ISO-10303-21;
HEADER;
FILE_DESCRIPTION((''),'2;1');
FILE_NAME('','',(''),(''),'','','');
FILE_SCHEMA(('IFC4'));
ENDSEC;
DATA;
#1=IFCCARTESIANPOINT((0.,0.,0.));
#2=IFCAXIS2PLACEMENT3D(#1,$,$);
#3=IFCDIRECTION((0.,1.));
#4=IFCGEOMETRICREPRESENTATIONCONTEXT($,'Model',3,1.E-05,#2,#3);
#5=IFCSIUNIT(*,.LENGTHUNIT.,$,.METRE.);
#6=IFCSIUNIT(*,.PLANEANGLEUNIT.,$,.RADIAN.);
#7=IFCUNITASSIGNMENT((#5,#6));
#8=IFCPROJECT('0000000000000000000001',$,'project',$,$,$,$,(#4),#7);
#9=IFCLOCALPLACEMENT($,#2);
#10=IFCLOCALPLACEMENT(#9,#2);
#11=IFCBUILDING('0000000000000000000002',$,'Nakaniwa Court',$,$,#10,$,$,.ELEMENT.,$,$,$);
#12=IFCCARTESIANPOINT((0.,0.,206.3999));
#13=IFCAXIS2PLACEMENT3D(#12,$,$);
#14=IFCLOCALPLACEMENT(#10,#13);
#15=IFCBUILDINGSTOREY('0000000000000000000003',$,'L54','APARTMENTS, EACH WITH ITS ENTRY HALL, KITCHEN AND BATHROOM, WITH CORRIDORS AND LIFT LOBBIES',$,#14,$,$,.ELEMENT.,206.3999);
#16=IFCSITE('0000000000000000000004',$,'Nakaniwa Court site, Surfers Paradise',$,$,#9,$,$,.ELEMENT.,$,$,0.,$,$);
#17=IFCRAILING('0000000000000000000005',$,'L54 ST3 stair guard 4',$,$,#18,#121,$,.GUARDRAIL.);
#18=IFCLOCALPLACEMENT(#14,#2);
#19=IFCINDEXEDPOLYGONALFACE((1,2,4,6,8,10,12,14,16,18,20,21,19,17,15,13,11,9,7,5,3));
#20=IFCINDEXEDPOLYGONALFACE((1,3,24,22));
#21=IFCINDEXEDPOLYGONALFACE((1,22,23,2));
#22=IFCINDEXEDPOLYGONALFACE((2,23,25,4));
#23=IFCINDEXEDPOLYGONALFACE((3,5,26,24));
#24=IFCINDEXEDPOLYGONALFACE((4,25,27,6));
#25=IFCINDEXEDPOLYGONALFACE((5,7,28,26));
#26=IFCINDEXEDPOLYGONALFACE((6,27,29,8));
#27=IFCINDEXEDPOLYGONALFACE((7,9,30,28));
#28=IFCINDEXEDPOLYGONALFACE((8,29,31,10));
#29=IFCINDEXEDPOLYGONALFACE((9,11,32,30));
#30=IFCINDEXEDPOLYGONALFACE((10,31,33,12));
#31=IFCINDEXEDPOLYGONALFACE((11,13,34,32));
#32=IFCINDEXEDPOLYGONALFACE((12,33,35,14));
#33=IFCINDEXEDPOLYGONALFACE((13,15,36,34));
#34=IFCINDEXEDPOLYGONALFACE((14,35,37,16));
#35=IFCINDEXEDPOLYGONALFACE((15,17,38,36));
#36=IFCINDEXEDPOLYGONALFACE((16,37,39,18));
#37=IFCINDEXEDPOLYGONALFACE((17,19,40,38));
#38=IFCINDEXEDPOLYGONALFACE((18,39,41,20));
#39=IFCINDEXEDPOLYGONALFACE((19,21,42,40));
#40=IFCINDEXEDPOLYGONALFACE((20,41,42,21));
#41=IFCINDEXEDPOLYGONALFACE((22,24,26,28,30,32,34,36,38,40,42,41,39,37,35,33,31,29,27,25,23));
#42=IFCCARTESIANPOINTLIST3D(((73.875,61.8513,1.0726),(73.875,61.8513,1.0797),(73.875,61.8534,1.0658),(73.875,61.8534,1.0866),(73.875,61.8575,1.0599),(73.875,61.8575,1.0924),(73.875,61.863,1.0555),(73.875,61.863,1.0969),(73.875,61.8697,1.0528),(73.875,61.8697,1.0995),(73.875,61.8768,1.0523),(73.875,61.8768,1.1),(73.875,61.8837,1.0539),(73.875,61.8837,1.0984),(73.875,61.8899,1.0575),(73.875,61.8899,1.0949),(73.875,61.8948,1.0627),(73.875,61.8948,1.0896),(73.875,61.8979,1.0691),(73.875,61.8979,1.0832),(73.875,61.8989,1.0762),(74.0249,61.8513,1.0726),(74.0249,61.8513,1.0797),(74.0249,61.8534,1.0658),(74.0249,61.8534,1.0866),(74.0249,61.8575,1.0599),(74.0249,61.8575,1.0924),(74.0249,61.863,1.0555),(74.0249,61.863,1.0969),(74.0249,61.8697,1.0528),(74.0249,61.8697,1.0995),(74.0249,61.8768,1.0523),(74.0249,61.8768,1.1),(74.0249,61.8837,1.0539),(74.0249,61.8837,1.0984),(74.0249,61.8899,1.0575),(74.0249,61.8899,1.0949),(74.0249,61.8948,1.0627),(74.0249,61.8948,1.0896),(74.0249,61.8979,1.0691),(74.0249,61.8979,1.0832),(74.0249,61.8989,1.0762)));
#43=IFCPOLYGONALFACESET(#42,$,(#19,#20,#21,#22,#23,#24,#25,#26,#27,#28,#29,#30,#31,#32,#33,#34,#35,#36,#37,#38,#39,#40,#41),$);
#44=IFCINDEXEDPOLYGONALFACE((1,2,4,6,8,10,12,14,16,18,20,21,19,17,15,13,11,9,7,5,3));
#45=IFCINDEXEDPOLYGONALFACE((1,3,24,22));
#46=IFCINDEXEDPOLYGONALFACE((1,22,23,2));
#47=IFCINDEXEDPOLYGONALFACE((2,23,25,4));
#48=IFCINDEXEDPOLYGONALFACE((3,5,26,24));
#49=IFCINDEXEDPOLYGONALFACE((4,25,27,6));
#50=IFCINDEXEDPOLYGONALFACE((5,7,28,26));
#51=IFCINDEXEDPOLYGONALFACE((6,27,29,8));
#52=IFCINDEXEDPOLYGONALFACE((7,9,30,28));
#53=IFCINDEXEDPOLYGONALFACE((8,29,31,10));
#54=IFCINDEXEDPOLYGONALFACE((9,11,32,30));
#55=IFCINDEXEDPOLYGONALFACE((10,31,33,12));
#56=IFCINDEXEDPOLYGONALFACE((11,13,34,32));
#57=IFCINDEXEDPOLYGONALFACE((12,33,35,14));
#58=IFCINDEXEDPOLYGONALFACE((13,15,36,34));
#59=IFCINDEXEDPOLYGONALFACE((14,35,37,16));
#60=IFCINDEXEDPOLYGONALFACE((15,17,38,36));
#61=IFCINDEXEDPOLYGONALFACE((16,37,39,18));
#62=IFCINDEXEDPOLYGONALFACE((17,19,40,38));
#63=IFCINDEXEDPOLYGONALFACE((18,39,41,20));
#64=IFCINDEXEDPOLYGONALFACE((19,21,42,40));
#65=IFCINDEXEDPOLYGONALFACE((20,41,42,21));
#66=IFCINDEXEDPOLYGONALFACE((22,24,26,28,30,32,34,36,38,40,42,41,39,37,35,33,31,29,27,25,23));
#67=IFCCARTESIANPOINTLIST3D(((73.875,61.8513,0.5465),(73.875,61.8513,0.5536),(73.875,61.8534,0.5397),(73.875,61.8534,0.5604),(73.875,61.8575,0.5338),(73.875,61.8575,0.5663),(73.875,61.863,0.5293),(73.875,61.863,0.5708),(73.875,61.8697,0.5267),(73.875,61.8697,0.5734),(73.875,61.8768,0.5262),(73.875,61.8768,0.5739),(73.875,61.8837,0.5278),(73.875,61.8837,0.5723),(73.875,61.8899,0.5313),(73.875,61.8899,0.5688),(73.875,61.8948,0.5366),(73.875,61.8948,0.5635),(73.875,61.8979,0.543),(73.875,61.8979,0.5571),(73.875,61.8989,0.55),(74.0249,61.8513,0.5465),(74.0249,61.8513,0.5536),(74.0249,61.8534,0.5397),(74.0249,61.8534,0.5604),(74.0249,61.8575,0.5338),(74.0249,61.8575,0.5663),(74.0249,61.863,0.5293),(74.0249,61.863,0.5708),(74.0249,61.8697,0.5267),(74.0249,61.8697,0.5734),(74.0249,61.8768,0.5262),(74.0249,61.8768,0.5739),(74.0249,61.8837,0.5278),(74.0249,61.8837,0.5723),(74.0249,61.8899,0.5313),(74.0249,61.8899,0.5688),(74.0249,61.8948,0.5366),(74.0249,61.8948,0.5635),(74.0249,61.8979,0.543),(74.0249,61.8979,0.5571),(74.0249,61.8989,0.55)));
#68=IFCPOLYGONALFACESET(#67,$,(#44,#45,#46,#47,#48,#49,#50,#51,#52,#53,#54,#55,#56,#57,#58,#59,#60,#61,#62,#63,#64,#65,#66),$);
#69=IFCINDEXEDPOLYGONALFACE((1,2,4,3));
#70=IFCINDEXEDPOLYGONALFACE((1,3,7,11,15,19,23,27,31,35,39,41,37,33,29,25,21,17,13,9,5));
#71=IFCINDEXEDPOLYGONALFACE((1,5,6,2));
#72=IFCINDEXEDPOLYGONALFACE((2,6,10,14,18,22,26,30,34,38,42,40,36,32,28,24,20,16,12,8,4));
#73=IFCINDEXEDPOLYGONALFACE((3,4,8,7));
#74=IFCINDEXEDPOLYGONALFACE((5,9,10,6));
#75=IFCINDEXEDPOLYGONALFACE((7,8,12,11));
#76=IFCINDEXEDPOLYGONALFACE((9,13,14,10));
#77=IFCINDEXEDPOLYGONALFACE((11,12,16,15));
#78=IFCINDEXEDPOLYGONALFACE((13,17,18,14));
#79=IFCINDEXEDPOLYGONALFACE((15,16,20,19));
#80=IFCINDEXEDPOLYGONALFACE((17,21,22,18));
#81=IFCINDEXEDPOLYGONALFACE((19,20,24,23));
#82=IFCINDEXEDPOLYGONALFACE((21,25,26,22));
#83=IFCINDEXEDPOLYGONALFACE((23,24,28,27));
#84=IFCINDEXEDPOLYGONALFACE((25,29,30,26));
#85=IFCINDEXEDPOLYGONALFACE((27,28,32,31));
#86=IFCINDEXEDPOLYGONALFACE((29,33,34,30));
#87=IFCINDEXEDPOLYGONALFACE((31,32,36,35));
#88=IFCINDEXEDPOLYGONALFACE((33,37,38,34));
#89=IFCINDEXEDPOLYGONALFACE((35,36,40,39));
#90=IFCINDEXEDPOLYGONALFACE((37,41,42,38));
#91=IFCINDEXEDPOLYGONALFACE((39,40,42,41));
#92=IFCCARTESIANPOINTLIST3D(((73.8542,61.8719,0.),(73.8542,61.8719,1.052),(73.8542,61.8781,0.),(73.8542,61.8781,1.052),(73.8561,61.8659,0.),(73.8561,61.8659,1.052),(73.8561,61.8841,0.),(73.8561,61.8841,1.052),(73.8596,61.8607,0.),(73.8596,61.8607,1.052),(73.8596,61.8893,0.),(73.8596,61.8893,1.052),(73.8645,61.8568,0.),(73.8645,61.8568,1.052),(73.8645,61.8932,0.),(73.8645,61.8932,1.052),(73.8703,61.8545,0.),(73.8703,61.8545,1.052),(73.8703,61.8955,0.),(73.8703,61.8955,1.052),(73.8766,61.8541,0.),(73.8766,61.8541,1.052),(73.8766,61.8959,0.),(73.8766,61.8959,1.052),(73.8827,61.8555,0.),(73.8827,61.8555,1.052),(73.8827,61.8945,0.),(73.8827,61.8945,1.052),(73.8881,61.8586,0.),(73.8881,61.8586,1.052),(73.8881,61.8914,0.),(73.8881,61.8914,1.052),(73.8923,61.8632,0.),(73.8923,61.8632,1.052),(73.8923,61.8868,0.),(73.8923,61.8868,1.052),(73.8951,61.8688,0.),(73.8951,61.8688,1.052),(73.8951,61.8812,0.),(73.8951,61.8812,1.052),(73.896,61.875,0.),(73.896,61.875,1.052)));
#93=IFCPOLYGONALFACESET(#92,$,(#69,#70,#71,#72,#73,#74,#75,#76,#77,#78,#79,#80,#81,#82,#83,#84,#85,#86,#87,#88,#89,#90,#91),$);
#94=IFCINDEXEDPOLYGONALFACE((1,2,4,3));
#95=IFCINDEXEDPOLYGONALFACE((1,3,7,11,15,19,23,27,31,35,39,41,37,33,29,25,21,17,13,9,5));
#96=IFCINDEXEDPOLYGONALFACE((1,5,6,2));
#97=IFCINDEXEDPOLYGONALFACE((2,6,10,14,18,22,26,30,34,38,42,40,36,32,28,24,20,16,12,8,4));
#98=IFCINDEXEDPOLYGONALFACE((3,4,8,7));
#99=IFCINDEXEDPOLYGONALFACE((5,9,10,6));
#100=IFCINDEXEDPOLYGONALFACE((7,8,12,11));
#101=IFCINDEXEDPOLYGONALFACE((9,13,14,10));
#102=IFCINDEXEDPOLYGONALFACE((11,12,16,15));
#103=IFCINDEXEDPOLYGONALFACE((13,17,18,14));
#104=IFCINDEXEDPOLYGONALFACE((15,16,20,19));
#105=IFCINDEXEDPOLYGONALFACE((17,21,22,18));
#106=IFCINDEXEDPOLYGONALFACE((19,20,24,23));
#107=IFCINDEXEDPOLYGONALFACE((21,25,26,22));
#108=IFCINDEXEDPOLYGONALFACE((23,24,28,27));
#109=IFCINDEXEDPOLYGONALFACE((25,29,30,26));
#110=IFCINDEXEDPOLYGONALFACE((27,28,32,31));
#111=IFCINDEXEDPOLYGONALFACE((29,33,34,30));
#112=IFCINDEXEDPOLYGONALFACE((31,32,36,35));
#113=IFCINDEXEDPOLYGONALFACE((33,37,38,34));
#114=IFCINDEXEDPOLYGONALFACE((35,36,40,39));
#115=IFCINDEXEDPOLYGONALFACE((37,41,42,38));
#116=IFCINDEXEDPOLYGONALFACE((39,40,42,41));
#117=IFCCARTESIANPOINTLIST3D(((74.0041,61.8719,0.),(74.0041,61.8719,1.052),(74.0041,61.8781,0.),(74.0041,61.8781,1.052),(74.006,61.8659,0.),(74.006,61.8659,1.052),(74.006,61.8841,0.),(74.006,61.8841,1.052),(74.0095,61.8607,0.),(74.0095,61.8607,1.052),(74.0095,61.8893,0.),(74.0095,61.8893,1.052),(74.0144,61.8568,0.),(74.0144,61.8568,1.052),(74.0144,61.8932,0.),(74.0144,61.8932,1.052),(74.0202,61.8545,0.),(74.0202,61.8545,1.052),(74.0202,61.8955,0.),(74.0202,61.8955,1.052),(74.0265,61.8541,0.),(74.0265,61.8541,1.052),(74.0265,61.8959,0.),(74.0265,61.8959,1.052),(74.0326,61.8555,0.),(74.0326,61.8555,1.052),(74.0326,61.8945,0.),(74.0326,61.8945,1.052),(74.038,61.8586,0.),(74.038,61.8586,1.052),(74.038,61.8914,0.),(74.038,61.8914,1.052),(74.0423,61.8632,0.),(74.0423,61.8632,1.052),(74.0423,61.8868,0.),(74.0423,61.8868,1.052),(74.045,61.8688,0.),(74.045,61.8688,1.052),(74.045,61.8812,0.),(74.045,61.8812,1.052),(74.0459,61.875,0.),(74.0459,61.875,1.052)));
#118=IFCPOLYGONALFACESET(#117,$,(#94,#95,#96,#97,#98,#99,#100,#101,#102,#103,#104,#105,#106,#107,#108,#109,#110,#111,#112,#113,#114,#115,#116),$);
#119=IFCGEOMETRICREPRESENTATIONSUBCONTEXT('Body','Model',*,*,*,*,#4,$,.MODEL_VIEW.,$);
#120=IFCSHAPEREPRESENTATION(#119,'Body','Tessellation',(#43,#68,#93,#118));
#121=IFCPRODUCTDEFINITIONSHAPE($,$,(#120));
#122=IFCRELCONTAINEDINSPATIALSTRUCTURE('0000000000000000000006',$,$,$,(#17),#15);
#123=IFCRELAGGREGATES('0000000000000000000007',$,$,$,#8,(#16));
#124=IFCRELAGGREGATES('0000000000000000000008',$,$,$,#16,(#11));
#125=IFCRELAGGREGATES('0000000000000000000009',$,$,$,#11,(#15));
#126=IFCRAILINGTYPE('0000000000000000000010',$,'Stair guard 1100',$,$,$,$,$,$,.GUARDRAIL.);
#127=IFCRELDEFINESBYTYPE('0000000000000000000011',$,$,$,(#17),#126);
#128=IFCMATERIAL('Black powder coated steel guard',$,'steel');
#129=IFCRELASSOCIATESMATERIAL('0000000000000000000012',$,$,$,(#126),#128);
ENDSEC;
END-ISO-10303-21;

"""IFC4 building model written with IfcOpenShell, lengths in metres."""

from ifc_helpers import new_model, si_unit, direction, frame, origin, origin_2d, place, context, subcontext, project, spatial, circle, extrude, material, type_object, element, save


model = new_model("IFC4")

# Units and contexts
model_context = context("Model", 3, precision=1e-05, world=origin(), true_north=direction((0.0, 1.0)))
body_context = subcontext(model_context, "Body", "Model", "MODEL_VIEW")
ifc_project = project(units=[si_unit("LENGTHUNIT", "METRE"), si_unit("PLANEANGLEUNIT", "RADIAN")], contexts=[model_context])

# Site, building, storey
site_placement = place(None, origin())
site = spatial("IfcSite", under=ifc_project, at=site_placement, Name="Nakaniwa Court site, Surfers Paradise", CompositionType="ELEMENT", RefElevation=0.0)
building_placement = place(site_placement, origin())
building = spatial("IfcBuilding", under=site, at=building_placement, Name="Nakaniwa Court", CompositionType="ELEMENT")
storey_placement = place(building_placement, frame((0.0, 0.0, 206.3999)))
storey = spatial("IfcBuildingStorey", under=building, at=storey_placement, Name="L54", Description="APARTMENTS, EACH WITH ITS ENTRY HALL, KITCHEN AND BATHROOM, WITH CORRIDORS AND LIFT LOBBIES", CompositionType="ELEMENT", Elevation=206.3999)

# Railing
ifc_material_1 = material(Name="Black powder coated steel guard", Category="steel")
railing_type_1 = type_object("IfcRailingType", Name="Stair guard 1100", PredefinedType="GUARDRAIL", material=ifc_material_1)
railing_1_placement = place(storey_placement, frame((73.875, 61.875, 0.0)))
element("IfcRailing", 1, at=railing_1_placement, inside=storey, type_object=railing_type_1, Name="L54 ST3 stair guard 4", PredefinedType="GUARDRAIL", context=body_context, shape_type="SweptSolid", body=[
    extrude(circle(Radius=0.0239, at=origin_2d()), frame((0.0, 0.0, 1.0762), z_axis=(1.0, 0.0, 0.0), x_axis=(0.0, 1.0, 0.0)), (0.0, 0.0, 1.0), 0.1499),
    extrude(circle(Radius=0.0239, at=origin_2d()), frame((0.0, 0.0, 0.55), z_axis=(1.0, 0.0, 0.0), x_axis=(0.0, 1.0, 0.0)), (0.0, 0.0, 1.0), 0.1499),
    extrude(circle(Radius=0.021, at=origin_2d()), origin(), (0.0, 0.0, 1.0), 1.052),
    extrude(circle(Radius=0.021, at=origin_2d()), frame((0.1499, 0.0, 0.0)), (0.0, 0.0, 1.0), 1.052),
])

save(model, "model.ifc")
